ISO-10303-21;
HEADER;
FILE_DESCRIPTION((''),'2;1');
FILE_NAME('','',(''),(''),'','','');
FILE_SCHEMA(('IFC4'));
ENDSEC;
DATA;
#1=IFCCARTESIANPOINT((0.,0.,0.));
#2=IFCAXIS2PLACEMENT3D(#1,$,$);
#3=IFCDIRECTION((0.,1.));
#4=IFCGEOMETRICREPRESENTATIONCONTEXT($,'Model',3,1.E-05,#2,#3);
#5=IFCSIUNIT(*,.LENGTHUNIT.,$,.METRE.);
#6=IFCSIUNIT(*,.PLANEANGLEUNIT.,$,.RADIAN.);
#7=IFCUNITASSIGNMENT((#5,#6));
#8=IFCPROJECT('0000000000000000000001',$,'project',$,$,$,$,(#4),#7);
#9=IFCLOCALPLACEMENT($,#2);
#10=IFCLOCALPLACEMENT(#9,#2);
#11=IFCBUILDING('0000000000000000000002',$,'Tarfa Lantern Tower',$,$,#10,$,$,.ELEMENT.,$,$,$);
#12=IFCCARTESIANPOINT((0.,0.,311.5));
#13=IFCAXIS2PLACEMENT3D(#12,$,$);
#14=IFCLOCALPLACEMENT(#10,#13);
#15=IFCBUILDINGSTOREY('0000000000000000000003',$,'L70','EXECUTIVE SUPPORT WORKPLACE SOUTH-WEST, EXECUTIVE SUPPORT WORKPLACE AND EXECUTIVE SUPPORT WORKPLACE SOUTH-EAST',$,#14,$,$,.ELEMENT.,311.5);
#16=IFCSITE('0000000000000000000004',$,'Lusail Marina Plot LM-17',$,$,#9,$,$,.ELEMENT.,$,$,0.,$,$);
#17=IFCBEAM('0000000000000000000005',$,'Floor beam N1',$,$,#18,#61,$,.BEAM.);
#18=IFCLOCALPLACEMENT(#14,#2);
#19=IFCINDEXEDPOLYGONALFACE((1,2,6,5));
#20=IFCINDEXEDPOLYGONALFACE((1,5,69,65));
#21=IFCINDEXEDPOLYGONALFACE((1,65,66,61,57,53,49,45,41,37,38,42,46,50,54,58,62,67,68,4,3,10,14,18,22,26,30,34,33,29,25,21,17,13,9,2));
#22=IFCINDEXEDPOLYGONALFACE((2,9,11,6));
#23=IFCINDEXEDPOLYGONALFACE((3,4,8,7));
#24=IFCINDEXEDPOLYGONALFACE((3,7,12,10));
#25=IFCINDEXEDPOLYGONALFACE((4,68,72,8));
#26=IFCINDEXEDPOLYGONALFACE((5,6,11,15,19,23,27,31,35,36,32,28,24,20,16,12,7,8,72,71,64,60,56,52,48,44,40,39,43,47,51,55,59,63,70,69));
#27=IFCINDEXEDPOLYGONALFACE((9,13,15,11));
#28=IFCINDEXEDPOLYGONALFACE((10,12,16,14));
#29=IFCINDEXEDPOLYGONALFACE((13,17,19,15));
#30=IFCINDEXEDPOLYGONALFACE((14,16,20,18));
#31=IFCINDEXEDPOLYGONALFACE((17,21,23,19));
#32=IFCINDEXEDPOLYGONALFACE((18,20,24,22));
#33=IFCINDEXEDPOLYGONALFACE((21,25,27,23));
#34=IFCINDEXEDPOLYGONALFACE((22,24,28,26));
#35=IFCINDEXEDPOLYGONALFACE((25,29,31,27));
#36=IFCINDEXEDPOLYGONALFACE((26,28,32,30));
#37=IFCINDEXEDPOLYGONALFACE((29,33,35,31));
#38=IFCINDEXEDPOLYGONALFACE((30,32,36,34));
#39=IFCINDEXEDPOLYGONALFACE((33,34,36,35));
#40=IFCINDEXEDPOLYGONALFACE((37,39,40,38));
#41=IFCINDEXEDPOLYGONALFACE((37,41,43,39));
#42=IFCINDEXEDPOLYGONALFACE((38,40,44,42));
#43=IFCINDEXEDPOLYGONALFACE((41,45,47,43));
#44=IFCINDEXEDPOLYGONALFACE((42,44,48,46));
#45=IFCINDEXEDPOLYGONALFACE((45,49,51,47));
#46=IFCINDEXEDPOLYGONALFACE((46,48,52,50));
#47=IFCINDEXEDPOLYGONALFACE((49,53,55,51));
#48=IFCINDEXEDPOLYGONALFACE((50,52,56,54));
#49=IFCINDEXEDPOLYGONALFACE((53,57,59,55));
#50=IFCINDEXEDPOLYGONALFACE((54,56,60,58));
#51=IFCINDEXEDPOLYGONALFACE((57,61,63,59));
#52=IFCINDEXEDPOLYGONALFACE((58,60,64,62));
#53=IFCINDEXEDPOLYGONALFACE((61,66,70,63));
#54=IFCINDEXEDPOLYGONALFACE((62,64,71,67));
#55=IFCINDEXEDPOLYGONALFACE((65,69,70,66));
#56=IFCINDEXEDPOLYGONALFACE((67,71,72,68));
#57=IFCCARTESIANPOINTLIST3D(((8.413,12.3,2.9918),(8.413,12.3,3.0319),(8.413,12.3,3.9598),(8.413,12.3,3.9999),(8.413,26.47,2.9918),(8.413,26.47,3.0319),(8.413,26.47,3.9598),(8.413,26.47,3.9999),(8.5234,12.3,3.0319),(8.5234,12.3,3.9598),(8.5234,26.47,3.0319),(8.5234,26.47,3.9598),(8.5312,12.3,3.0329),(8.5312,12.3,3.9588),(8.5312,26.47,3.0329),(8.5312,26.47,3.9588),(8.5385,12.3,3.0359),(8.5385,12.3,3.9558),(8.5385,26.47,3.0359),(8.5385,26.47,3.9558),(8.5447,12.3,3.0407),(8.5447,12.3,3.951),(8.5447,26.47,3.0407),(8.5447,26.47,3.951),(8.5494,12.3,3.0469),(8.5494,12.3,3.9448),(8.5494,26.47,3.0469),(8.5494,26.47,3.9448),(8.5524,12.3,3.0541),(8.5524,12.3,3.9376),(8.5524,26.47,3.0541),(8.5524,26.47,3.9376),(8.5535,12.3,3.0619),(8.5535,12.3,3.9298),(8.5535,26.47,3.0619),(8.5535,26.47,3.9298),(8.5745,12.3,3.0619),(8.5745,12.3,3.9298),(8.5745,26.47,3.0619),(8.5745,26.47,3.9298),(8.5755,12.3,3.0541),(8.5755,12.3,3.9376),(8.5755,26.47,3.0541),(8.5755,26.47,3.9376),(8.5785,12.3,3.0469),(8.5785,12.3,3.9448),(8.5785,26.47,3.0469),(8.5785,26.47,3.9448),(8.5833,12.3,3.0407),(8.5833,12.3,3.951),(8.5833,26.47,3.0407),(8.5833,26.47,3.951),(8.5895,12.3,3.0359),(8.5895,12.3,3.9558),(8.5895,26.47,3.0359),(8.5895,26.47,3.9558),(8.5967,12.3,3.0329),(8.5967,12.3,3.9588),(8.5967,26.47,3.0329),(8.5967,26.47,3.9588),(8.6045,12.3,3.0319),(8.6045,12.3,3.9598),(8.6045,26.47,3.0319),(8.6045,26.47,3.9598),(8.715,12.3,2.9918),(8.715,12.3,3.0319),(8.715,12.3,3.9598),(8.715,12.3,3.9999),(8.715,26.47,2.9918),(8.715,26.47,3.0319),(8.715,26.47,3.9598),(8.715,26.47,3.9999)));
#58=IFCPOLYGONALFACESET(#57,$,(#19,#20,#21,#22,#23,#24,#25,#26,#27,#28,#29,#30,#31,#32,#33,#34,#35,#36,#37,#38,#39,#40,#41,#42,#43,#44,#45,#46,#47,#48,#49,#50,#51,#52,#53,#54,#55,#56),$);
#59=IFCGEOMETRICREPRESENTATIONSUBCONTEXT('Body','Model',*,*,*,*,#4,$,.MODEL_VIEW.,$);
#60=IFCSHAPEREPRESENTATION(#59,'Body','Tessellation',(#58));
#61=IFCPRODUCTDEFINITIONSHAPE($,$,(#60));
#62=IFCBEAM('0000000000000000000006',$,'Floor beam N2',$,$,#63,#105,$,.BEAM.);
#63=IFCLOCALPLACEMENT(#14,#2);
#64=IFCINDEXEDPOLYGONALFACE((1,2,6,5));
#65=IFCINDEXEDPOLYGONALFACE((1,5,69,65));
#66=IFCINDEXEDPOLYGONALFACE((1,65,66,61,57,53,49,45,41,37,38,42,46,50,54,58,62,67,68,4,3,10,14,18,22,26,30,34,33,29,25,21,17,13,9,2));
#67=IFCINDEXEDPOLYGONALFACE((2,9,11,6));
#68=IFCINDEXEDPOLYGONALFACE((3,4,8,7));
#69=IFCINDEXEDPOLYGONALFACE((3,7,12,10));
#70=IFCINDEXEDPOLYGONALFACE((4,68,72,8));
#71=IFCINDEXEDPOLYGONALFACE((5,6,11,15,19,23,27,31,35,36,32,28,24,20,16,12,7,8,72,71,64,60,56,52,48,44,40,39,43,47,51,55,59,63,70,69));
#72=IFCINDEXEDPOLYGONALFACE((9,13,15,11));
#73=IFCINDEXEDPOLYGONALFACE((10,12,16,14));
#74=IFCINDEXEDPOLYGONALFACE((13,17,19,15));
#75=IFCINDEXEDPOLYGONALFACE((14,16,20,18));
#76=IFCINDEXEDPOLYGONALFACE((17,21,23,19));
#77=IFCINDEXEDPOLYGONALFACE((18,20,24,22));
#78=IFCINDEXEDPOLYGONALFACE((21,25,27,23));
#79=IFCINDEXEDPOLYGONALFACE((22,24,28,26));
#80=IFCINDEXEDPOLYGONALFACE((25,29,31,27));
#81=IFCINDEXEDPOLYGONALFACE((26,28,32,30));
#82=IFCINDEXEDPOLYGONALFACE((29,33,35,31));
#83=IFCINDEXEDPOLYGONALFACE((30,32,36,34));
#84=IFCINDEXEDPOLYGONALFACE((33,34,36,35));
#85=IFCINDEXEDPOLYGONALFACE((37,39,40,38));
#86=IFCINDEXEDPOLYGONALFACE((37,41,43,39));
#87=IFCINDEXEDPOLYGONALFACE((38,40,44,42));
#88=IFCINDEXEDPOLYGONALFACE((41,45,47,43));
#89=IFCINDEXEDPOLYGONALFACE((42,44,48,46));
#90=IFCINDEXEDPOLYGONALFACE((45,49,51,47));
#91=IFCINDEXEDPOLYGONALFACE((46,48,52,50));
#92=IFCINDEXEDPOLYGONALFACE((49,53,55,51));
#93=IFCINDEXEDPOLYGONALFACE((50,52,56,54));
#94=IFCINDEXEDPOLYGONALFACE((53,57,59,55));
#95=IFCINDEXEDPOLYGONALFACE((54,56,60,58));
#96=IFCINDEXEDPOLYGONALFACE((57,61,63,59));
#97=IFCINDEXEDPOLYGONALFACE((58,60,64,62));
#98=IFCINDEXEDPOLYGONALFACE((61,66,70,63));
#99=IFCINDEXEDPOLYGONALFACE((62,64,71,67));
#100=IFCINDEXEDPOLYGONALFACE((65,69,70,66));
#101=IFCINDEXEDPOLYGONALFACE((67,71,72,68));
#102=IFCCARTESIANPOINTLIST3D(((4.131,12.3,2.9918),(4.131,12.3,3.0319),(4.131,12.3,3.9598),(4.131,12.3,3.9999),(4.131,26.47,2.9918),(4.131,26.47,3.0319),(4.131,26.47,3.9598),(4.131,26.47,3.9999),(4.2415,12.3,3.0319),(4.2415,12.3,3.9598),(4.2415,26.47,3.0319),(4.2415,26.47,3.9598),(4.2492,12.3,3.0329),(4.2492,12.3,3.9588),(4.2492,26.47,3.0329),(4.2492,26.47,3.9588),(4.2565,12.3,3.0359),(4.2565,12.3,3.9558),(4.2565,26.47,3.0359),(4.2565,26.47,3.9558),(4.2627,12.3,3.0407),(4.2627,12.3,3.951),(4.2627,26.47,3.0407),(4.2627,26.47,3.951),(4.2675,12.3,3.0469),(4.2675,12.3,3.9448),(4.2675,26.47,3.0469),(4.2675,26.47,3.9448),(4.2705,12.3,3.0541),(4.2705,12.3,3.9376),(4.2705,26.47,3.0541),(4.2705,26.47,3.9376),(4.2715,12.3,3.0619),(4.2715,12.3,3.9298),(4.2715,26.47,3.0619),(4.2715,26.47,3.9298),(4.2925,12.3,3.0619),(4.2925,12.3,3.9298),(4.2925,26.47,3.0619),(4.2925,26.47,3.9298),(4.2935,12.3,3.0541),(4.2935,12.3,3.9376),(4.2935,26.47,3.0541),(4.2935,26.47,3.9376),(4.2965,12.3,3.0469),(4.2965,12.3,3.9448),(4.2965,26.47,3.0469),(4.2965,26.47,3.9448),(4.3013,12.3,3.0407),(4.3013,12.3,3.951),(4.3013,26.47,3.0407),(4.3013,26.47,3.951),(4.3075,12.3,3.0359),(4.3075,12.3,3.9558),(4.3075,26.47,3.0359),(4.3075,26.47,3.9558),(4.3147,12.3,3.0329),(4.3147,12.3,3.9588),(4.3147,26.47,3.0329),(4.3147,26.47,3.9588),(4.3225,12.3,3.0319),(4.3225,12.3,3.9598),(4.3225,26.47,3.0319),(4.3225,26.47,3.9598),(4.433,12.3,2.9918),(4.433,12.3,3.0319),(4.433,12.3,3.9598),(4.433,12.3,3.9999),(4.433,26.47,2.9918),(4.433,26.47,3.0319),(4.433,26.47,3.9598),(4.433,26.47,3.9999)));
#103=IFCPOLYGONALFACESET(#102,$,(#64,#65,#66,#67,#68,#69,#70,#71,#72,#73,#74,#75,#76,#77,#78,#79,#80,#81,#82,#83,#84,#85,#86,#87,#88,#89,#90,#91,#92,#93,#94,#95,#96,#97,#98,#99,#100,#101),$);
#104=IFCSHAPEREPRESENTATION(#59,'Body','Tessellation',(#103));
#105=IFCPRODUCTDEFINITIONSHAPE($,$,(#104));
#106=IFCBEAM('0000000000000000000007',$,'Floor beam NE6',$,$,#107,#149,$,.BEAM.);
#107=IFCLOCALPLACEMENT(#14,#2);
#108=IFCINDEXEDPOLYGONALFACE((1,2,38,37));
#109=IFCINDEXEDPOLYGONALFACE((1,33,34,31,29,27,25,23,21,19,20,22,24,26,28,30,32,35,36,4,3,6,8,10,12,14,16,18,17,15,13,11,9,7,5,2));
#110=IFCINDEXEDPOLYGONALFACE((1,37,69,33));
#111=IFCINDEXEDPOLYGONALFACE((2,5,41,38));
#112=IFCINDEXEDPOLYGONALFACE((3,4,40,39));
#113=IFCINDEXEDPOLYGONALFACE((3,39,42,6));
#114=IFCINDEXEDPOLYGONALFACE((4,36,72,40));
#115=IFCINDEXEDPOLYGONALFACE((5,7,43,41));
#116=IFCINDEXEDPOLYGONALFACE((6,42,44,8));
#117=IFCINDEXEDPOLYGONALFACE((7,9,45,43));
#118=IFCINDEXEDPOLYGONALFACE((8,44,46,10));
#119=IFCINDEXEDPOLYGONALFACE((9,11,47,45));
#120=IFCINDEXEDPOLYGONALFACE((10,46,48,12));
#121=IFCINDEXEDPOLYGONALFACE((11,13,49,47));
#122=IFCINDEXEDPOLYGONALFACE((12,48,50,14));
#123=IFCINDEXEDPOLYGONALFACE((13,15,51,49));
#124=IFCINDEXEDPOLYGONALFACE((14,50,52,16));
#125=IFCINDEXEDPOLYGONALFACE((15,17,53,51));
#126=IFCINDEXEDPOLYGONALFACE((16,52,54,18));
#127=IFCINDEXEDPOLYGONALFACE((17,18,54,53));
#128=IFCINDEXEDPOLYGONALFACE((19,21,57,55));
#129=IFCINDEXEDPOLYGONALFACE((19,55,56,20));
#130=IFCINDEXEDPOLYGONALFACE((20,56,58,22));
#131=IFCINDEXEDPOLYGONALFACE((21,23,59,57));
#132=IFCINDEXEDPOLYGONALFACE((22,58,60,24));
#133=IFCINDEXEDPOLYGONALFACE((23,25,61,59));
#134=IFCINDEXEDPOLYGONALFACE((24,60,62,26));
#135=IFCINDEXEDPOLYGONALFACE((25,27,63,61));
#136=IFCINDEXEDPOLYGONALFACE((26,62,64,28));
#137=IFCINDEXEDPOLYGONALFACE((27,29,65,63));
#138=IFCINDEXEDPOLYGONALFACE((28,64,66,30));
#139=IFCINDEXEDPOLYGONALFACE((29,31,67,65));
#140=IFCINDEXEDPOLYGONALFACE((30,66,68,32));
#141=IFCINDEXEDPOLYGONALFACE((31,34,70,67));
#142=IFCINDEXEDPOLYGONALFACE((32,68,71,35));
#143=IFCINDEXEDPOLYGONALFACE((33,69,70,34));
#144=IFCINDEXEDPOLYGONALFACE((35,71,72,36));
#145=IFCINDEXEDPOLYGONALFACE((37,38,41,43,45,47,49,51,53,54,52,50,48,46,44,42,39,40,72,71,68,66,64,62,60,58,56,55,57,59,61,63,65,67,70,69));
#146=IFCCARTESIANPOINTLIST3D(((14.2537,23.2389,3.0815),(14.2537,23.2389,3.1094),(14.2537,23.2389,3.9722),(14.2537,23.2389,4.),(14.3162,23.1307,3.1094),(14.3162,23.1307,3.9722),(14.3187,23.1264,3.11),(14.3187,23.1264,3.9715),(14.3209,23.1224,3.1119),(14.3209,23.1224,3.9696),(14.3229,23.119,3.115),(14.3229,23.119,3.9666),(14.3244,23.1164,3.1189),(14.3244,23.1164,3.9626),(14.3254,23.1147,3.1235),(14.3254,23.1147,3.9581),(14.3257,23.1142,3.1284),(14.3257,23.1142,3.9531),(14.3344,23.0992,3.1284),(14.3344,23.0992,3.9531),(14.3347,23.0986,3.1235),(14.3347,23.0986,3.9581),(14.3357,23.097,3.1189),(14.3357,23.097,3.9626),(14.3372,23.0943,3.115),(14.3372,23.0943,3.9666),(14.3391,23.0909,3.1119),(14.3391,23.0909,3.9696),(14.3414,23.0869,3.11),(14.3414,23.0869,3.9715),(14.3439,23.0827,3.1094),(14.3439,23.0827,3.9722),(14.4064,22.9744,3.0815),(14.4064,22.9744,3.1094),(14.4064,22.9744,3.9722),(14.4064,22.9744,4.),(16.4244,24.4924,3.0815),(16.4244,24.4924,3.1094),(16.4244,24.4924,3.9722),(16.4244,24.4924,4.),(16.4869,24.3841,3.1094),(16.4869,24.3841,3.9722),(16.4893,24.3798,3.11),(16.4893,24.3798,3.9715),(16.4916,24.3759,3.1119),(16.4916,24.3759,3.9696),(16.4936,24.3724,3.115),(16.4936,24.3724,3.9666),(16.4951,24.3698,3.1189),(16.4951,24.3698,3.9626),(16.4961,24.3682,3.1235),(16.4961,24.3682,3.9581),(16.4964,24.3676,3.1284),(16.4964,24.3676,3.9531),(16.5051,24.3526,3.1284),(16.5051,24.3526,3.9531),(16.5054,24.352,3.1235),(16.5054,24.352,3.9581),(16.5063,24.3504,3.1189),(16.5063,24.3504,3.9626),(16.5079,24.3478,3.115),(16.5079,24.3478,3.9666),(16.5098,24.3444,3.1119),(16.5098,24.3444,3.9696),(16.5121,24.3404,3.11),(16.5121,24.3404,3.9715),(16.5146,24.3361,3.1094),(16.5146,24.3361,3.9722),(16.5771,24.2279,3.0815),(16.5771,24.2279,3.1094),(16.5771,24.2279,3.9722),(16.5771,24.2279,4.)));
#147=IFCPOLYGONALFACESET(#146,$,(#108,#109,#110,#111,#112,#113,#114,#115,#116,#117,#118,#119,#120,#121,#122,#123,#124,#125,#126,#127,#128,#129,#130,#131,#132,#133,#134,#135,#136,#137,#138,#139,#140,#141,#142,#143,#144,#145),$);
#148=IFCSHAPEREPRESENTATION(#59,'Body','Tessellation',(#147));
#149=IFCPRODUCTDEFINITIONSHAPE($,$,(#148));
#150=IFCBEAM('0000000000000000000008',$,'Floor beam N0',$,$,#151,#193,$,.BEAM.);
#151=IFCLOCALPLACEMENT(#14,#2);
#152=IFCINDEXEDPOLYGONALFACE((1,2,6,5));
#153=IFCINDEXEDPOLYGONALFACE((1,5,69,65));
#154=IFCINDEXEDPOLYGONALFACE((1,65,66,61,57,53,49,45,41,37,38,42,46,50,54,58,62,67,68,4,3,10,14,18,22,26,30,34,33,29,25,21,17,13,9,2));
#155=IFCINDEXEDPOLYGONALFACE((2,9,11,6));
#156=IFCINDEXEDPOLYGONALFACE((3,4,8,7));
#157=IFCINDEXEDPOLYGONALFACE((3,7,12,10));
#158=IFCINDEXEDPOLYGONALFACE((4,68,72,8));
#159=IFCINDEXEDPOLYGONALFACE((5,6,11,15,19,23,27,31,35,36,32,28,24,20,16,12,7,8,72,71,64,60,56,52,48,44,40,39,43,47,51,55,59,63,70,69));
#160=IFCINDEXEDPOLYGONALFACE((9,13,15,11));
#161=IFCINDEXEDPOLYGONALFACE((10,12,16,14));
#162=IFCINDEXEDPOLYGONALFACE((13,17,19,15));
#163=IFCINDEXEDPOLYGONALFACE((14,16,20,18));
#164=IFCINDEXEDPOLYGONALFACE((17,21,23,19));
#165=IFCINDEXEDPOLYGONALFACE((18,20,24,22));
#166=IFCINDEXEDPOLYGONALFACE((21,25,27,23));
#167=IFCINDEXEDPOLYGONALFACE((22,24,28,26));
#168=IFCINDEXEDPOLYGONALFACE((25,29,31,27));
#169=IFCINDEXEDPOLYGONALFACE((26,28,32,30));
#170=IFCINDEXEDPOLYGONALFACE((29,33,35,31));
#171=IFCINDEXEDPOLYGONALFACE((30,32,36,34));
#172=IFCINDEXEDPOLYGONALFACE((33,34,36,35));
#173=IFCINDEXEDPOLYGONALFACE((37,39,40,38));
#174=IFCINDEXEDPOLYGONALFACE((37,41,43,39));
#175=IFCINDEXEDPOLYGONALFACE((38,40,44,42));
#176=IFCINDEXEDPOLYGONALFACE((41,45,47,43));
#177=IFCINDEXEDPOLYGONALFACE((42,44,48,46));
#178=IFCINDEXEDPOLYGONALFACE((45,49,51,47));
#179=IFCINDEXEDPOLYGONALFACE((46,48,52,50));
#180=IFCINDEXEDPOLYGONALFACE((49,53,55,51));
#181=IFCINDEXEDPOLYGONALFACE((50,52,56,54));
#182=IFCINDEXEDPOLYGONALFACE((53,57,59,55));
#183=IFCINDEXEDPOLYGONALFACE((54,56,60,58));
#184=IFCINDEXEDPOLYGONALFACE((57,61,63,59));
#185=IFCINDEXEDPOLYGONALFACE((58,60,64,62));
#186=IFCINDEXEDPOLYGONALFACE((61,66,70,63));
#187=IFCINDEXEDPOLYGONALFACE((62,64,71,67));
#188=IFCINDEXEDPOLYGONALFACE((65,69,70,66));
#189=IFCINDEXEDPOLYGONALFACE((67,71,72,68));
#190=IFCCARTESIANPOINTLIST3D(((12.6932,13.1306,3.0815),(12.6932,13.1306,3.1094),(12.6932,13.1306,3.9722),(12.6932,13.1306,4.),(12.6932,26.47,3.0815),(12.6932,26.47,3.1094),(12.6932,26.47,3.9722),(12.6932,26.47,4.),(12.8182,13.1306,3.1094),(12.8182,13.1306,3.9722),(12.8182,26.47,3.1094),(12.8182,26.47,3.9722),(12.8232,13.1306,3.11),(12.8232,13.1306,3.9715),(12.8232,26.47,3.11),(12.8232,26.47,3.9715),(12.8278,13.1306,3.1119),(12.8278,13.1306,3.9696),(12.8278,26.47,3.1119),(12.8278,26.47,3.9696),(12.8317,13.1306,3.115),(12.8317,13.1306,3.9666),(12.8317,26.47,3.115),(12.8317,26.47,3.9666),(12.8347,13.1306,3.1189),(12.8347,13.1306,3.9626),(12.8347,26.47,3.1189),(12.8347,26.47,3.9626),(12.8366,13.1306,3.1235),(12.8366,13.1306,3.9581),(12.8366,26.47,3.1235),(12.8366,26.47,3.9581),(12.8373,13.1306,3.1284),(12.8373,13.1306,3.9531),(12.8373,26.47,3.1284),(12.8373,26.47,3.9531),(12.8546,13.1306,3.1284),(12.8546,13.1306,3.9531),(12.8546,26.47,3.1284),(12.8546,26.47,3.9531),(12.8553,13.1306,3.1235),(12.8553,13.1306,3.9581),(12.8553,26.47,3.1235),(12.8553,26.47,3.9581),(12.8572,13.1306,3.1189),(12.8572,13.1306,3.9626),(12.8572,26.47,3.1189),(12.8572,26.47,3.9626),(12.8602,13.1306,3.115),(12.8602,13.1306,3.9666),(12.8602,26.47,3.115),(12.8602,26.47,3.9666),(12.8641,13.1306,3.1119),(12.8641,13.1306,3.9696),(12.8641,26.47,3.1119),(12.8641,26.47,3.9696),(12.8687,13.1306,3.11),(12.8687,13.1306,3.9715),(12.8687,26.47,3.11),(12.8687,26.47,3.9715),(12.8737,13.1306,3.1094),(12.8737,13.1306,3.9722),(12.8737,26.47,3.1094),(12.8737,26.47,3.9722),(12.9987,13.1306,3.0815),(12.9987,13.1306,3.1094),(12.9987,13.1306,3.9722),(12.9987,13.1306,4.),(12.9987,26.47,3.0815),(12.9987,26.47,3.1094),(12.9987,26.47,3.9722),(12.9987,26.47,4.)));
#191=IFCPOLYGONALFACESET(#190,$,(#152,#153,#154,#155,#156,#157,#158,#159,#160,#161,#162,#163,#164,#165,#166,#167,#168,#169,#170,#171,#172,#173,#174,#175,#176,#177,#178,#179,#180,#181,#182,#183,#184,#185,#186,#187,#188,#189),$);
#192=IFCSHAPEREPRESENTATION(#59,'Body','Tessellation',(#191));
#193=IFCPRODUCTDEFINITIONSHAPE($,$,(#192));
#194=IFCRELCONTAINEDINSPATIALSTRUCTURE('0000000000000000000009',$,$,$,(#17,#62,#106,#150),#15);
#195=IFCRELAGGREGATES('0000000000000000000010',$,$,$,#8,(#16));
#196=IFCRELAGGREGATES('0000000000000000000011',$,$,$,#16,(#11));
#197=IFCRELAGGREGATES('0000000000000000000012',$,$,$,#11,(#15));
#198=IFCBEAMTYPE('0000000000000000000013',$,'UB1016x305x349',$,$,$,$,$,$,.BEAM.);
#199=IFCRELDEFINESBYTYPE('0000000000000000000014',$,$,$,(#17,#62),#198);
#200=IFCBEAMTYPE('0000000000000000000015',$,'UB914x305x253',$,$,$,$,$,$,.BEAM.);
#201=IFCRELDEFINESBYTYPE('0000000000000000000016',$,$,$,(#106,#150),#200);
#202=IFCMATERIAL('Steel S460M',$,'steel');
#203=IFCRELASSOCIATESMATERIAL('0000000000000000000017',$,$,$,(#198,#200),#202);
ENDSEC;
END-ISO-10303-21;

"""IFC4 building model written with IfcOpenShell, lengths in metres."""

from ifc_helpers import new_model, si_unit, direction, frame, origin, origin_2d, place, context, subcontext, project, spatial, i_section, extrude, material, material_profile, profile_set, type_object, element, save


model = new_model("IFC4")

# Units and contexts
model_context = context("Model", 3, precision=1e-05, world=origin(), true_north=direction((0.0, 1.0)))
body_context = subcontext(model_context, "Body", "Model", "MODEL_VIEW")
ifc_project = project(units=[si_unit("LENGTHUNIT", "METRE"), si_unit("PLANEANGLEUNIT", "RADIAN")], contexts=[model_context])

# Site, building, storey
site_placement = place(None, origin())
site = spatial("IfcSite", under=ifc_project, at=site_placement, Name="Lusail Marina Plot LM-17", CompositionType="ELEMENT", RefElevation=0.0)
building_placement = place(site_placement, origin())
building = spatial("IfcBuilding", under=site, at=building_placement, Name="Tarfa Lantern Tower", CompositionType="ELEMENT")
storey_placement = place(building_placement, frame((0.0, 0.0, 311.5)))
storey = spatial("IfcBuildingStorey", under=building, at=storey_placement, Name="L70", Description="EXECUTIVE SUPPORT WORKPLACE SOUTH-WEST, EXECUTIVE SUPPORT WORKPLACE AND EXECUTIVE SUPPORT WORKPLACE SOUTH-EAST", CompositionType="ELEMENT", Elevation=311.5)

# Shared definitions
ifc_material_1 = material(Name="Steel S460M", Category="steel")

# Beams
ifc_material_profile_1 = material_profile(ifc_material_1, i_section(OverallWidth=0.302, OverallDepth=1.0081, WebThickness=0.021, FlangeThickness=0.04, FilletRadius=0.03, at=origin_2d()), Name="UB1016x305x349")
ifc_profile_set_1 = profile_set([ifc_material_profile_1], Name="Steel S460M")
beam_type_1 = type_object("IfcBeamType", Name="UB1016x305x349", PredefinedType="BEAM", material=ifc_profile_set_1)
for number, where, z_axis, x_axis, name in (
    (1, (8.564, 26.47, 3.4958), (0.0, -1.0, 0.0), (1.0, 0.0, 0.0), "Floor beam N1"),
    (2, (4.282, 26.47, 3.4958), (0.0, -1.0, 0.0), (1.0, 0.0, 0.0), "Floor beam N2"),
):
    element("IfcBeam", number, at=place(storey_placement, frame(where, z_axis=z_axis, x_axis=x_axis)), inside=storey, type_object=beam_type_1, Name=name, PredefinedType="BEAM", context=body_context, shape_type="SweptSolid", body=[
        extrude(i_section(OverallWidth=0.302, OverallDepth=1.0081, WebThickness=0.021, FlangeThickness=0.04, FilletRadius=0.03, at=origin_2d()), origin(), (0.0, 0.0, 1.0), 14.1699),
    ])
ifc_material_profile_2 = material_profile(ifc_material_1, i_section(OverallWidth=0.3054, OverallDepth=0.9185, WebThickness=0.0173, FlangeThickness=0.0278, FilletRadius=0.019, at=origin_2d()), Name="UB914x305x253")
ifc_profile_set_2 = profile_set([ifc_material_profile_2], Name="Steel S460M")
beam_type_2 = type_object("IfcBeamType", Name="UB914x305x253", PredefinedType="BEAM", material=ifc_profile_set_2)
beam_1_placement = place(storey_placement, frame((16.5007, 24.3601, 3.5408), z_axis=(-0.865993, -0.500057, 0.0), x_axis=(0.500057, -0.865993, 0.0)))
element("IfcBeam", 3, at=beam_1_placement, inside=storey, type_object=beam_type_2, Name="Floor beam NE6", PredefinedType="BEAM", context=body_context, shape_type="SweptSolid", body=[
    extrude(i_section(OverallWidth=0.3054, OverallDepth=0.9185, WebThickness=0.0173, FlangeThickness=0.0278, FilletRadius=0.019, at=origin_2d()), origin(), (0.0, 0.0, 1.0), 2.5066),
])
beam_2_placement = place(storey_placement, frame((12.8459, 26.47, 3.5408), z_axis=(0.0, -1.0, 0.0), x_axis=(1.0, 0.0, 0.0)))
element("IfcBeam", 4, at=beam_2_placement, inside=storey, type_object=beam_type_2, Name="Floor beam N0", PredefinedType="BEAM", context=body_context, shape_type="SweptSolid", body=[
    extrude(i_section(OverallWidth=0.3054, OverallDepth=0.9185, WebThickness=0.0173, FlangeThickness=0.0278, FilletRadius=0.019, at=origin_2d()), origin(), (0.0, 0.0, 1.0), 13.3394),
])

save(model, "model.ifc")
